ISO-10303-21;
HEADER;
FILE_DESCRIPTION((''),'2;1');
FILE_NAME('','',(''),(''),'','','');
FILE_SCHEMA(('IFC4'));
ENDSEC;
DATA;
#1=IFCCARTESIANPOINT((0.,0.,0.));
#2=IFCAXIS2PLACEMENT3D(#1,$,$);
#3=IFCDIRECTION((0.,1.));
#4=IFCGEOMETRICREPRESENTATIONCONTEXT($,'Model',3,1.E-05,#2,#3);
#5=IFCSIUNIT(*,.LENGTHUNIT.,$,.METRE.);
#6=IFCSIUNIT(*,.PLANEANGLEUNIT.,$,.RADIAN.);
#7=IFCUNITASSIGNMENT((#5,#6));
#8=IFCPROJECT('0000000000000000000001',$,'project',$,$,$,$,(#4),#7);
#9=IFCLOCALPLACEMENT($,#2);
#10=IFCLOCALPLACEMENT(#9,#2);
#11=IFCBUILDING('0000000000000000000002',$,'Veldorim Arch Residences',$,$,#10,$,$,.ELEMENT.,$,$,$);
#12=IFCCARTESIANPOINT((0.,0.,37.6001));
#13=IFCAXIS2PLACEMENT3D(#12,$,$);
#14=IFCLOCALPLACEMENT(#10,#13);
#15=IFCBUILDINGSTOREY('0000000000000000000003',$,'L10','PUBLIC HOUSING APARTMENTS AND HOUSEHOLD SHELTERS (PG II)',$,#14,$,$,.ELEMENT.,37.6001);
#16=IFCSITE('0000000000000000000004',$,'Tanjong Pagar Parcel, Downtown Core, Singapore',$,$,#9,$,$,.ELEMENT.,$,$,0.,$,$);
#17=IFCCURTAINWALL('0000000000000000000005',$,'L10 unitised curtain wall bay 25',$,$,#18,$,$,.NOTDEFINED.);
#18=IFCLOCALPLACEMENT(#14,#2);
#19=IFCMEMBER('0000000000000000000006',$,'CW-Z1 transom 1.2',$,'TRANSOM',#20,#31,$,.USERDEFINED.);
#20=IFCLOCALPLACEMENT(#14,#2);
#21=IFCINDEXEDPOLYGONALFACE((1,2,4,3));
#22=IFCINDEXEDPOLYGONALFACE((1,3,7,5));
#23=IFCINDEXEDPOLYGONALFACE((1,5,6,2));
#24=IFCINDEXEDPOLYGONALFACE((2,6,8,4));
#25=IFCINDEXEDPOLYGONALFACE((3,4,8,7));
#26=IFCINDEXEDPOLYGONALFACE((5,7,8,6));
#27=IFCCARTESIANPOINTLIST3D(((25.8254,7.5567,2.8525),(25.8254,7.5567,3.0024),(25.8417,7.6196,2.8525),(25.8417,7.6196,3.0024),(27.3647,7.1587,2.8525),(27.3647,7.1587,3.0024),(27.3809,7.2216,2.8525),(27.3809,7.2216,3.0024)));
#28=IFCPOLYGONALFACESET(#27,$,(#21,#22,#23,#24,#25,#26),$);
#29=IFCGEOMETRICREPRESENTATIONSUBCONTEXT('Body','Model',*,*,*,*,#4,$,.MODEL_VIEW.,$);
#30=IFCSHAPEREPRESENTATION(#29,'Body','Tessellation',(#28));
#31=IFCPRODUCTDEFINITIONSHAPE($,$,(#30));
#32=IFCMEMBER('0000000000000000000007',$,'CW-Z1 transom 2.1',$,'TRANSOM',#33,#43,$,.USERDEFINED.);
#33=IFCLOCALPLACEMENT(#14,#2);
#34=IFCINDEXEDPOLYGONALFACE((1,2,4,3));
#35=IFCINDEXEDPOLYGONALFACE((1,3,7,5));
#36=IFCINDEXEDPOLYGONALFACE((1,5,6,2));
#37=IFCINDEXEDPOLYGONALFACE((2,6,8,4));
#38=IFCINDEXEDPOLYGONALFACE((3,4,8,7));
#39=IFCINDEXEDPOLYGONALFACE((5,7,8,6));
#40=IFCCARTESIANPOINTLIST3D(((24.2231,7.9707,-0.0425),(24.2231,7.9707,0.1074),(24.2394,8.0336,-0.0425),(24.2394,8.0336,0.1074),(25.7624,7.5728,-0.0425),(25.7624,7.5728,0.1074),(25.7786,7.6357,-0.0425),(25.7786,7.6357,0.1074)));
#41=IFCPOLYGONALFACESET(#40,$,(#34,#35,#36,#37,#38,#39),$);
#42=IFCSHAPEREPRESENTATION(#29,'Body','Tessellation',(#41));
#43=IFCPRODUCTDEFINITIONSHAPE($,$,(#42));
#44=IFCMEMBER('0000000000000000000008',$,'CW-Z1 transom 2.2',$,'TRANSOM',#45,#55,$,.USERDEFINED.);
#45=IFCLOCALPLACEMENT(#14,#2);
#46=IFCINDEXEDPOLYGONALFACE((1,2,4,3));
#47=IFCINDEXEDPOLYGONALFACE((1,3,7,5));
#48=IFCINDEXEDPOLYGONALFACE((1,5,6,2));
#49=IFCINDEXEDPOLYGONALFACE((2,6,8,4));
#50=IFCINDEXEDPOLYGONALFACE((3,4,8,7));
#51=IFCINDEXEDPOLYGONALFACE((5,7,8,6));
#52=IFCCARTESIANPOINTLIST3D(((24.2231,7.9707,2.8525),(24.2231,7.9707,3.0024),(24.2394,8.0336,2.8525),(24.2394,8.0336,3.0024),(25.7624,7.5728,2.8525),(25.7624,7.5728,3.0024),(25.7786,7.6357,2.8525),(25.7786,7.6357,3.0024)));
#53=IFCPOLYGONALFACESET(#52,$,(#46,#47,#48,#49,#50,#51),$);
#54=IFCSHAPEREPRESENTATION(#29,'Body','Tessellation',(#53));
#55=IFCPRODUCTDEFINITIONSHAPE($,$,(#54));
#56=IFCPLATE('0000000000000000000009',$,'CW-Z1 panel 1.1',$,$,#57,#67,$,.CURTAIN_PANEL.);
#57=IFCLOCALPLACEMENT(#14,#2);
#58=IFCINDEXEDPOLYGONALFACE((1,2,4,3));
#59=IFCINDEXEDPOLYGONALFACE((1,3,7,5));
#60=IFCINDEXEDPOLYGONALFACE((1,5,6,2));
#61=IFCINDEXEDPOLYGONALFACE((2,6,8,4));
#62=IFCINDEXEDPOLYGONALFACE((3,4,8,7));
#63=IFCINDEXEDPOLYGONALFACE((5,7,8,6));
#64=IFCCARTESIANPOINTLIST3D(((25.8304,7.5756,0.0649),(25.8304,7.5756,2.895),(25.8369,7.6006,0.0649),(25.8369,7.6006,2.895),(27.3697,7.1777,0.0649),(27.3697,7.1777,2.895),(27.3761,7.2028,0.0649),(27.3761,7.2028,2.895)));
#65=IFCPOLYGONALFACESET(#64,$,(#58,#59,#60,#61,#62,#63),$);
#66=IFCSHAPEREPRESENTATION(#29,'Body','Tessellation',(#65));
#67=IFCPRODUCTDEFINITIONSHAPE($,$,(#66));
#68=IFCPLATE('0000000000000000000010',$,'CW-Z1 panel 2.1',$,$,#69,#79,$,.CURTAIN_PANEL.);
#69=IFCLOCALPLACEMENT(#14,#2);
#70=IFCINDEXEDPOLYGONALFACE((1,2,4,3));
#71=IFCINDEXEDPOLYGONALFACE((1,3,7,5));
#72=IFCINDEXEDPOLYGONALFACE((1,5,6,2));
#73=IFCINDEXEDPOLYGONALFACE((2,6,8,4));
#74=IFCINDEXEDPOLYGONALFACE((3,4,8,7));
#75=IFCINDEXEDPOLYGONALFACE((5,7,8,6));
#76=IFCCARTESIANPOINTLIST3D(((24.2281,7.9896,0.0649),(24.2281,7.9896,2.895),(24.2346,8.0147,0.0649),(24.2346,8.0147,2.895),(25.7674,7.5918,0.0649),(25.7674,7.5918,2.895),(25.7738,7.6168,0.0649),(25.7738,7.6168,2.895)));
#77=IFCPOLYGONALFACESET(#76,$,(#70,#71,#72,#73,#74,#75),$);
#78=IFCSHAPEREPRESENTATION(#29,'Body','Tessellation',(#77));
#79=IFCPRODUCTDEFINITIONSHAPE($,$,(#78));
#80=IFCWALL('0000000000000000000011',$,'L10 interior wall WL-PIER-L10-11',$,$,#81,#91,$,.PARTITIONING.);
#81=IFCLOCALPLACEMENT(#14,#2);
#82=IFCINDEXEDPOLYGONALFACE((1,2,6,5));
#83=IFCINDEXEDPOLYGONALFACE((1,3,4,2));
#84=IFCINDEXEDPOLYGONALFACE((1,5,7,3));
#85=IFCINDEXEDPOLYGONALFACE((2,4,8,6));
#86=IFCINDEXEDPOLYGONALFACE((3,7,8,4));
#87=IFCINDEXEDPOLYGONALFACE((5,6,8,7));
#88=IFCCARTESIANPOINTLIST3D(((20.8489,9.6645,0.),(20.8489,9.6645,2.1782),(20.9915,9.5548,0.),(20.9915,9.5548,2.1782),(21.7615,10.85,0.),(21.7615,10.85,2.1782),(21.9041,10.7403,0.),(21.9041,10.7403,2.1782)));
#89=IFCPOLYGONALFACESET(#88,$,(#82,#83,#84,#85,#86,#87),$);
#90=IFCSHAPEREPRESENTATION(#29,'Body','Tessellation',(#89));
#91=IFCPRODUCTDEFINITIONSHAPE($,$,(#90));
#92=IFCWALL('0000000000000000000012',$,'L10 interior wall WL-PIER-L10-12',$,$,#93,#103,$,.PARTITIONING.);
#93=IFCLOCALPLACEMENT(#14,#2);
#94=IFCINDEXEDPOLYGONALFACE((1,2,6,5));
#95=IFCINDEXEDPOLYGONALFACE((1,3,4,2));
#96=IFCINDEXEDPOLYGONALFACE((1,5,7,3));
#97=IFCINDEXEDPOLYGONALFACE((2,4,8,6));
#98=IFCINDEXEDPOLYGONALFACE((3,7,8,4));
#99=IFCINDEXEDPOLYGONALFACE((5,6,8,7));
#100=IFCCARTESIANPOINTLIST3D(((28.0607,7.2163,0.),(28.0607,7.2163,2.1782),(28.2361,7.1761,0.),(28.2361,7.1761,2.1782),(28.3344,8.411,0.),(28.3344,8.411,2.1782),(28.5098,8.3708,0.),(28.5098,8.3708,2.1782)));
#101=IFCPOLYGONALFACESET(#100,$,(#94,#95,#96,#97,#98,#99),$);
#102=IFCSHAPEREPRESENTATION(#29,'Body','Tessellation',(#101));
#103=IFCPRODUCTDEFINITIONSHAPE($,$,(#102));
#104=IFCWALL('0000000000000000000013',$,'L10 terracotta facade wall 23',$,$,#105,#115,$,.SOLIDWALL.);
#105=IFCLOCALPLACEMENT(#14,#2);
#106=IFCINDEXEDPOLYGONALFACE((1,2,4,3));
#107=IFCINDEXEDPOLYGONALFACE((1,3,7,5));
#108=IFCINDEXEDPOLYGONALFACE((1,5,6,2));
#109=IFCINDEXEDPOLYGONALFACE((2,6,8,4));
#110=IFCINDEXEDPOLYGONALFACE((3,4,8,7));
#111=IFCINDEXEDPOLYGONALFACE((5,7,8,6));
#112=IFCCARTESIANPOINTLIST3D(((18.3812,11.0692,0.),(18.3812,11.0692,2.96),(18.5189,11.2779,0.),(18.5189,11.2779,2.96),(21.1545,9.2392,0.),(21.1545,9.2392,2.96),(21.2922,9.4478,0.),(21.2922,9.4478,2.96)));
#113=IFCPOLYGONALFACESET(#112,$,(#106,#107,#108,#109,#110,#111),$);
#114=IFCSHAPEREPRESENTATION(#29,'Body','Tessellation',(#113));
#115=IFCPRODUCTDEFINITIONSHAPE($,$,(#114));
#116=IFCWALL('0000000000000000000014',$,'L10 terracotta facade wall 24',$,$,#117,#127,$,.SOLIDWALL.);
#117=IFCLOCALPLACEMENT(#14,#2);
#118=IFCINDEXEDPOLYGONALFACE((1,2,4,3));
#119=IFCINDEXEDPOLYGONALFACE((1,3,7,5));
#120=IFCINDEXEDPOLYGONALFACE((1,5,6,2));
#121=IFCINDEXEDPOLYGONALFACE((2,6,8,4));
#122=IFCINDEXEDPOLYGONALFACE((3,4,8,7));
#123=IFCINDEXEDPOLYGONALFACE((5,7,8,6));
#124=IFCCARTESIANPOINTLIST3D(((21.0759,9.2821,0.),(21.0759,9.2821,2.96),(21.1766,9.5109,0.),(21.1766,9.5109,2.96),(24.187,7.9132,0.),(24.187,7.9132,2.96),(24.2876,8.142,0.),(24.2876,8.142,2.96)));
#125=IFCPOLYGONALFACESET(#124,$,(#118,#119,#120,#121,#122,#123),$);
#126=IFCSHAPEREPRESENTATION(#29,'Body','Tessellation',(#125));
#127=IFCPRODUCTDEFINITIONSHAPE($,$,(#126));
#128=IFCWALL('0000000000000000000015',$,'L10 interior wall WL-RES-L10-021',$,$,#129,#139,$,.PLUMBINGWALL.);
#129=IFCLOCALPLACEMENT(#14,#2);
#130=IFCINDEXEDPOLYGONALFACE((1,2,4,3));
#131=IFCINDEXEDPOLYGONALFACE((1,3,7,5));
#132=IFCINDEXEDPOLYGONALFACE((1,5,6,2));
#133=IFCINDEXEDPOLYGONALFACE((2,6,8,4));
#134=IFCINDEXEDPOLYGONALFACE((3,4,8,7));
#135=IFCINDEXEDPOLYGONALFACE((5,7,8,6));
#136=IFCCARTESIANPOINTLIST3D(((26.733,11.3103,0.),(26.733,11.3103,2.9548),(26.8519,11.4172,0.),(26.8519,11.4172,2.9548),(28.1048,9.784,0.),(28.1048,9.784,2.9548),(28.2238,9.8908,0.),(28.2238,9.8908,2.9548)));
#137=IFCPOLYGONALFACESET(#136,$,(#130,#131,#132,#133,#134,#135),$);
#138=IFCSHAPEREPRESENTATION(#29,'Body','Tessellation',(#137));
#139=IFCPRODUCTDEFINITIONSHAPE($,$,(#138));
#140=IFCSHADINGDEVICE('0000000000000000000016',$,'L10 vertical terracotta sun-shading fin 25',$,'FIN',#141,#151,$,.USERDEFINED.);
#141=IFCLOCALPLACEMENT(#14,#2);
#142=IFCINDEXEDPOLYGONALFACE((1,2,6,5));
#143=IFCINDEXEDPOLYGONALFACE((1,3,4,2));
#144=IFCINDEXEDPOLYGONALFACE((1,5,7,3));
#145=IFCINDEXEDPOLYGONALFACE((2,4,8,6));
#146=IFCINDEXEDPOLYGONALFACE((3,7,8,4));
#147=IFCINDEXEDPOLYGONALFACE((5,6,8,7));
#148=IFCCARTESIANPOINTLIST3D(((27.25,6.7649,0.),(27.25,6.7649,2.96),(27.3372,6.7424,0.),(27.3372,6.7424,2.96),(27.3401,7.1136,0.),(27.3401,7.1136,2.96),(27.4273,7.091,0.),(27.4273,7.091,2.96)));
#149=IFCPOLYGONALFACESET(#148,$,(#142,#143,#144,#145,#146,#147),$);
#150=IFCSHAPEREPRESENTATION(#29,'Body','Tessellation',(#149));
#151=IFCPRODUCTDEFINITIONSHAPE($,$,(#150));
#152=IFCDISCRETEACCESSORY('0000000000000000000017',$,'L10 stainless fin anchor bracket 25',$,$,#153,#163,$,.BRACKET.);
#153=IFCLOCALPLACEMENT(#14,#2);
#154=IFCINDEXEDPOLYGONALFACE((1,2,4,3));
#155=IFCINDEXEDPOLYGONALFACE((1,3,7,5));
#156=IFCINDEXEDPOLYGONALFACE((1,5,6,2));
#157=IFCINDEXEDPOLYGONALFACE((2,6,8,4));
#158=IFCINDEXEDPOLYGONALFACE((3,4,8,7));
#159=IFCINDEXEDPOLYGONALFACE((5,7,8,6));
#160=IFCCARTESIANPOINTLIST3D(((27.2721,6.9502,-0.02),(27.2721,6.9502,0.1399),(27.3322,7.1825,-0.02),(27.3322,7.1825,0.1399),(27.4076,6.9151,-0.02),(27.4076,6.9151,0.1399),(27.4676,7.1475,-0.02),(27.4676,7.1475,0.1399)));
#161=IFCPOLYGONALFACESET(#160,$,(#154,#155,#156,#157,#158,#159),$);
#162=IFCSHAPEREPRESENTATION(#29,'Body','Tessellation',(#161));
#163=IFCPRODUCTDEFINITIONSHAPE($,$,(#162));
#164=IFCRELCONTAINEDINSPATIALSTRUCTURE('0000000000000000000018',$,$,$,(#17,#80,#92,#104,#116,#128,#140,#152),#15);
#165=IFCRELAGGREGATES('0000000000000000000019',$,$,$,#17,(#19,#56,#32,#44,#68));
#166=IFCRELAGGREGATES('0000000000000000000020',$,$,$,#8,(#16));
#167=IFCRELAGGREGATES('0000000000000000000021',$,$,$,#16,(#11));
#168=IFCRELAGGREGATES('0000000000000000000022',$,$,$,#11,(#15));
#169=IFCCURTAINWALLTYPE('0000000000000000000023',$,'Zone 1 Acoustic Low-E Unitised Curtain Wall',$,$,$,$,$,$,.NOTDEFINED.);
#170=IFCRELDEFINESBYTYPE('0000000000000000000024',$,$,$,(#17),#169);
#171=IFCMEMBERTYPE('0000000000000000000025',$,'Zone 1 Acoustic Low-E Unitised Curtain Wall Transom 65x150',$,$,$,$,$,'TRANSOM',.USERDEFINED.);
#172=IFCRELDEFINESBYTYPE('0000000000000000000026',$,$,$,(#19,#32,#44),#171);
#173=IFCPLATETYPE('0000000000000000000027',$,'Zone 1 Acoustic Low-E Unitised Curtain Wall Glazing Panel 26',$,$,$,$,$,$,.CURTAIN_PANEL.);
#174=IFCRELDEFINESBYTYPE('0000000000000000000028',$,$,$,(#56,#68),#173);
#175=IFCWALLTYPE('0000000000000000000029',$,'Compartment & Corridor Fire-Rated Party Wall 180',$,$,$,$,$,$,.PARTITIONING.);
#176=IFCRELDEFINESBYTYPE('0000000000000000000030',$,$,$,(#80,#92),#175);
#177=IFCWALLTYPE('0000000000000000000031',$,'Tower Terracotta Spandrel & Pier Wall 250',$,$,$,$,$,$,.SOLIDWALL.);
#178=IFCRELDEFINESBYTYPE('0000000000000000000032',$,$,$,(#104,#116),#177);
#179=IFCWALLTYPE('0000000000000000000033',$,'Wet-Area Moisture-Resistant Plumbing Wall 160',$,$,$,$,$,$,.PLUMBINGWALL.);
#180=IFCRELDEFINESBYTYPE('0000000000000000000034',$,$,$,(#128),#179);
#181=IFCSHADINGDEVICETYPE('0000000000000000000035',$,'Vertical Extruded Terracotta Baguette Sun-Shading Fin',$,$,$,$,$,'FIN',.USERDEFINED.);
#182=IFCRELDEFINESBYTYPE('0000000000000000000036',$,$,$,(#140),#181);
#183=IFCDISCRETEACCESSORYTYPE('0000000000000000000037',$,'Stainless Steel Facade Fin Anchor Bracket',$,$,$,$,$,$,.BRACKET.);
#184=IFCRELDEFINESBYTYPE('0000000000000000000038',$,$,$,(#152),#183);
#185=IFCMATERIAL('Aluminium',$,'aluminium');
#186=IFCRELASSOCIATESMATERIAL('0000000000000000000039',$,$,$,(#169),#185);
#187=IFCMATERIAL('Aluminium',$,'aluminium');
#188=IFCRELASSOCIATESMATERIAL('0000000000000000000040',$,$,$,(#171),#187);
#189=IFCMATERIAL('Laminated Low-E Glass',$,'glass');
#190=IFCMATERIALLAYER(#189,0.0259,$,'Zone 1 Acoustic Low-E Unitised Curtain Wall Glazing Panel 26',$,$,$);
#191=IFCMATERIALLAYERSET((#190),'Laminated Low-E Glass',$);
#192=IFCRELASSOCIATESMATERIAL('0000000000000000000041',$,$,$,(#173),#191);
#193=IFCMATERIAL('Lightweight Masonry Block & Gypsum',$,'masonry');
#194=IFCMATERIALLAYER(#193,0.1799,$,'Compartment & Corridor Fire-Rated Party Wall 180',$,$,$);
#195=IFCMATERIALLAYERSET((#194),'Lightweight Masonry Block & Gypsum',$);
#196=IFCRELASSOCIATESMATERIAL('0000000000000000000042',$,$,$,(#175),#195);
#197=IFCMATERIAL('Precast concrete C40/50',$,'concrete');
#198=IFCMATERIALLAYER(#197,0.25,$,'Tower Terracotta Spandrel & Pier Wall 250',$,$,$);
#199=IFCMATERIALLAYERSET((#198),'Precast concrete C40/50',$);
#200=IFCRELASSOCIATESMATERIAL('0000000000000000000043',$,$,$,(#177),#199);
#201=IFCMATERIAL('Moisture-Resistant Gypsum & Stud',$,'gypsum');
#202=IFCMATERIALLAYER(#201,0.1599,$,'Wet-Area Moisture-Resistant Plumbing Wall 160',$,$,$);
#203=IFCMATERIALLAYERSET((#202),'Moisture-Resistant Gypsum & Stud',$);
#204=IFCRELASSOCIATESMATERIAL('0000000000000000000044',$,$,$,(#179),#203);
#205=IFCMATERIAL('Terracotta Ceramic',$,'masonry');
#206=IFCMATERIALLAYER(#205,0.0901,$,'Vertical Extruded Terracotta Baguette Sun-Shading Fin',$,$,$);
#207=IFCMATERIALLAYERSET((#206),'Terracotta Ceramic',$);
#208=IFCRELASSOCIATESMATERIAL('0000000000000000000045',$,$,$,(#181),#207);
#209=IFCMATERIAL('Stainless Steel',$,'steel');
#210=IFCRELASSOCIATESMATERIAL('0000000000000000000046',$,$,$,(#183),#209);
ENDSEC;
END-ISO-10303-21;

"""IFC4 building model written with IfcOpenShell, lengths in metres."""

from ifc_helpers import new_model, si_unit, direction, frame, frame_2d, origin, origin_2d, place, context, subcontext, project, spatial, rectangle, extrude, material, layer, layer_set, material_profile, profile_set, type_object, element, aggregate, save


model = new_model("IFC4")

# Units and contexts
model_context = context("Model", 3, precision=1e-05, world=origin(), true_north=direction((0.0, 1.0)))
body_context = subcontext(model_context, "Body", "Model", "MODEL_VIEW")
ifc_project = project(units=[si_unit("LENGTHUNIT", "METRE"), si_unit("PLANEANGLEUNIT", "RADIAN")], contexts=[model_context])

# Site, building, storey
site_placement = place(None, origin())
site = spatial("IfcSite", under=ifc_project, at=site_placement, Name="Tanjong Pagar Parcel, Downtown Core, Singapore", CompositionType="ELEMENT", RefElevation=0.0)
building_placement = place(site_placement, origin())
building = spatial("IfcBuilding", under=site, at=building_placement, Name="Veldorim Arch Residences", CompositionType="ELEMENT")
storey_placement = place(building_placement, frame((0.0, 0.0, 37.6001)))
storey = spatial("IfcBuildingStorey", under=building, at=storey_placement, Name="L10", Description="PUBLIC HOUSING APARTMENTS AND HOUSEHOLD SHELTERS (PG II)", CompositionType="ELEMENT", Elevation=37.6001)

# Curtain wall, members, plates
ifc_material_1 = material(Name="Aluminium", Category="aluminium")
curtain_wall_type = type_object("IfcCurtainWallType", Name="Zone 1 Acoustic Low-E Unitised Curtain Wall", PredefinedType="NOTDEFINED", material=ifc_material_1)
curtain_wall_placement = place(storey_placement, origin())
curtain_wall = element("IfcCurtainWall", 1, at=curtain_wall_placement, inside=storey, type_object=curtain_wall_type, Name="L10 unitised curtain wall bay 25", PredefinedType="NOTDEFINED")
ifc_material_2 = material(Name="Aluminium", Category="aluminium")
ifc_material_profile_1 = material_profile(ifc_material_2, rectangle(XDim=0.0649, YDim=0.1499, at=origin_2d()), Name="ALU_TRN_65x150")
ifc_profile_set_1 = profile_set([ifc_material_profile_1], Name="Aluminium")
member_type_1 = type_object("IfcMemberType", Name="Zone 1 Acoustic Low-E Unitised Curtain Wall Transom 65x150", ElementType="TRANSOM", PredefinedType="USERDEFINED", material=ifc_profile_set_1)
member_1_placement = place(storey_placement, frame((27.3728, 7.1902, 2.9275), z_axis=(-0.968169, 0.250296, 0.0), x_axis=(-0.250296, -0.968169, 0.0)))
member_1 = element("IfcMember", 2, at=member_1_placement, type_object=member_type_1, Name="CW-Z1 transom 1.2", ObjectType="TRANSOM", PredefinedType="USERDEFINED", context=body_context, shape_type="SweptSolid", body=[
    extrude(rectangle(XDim=0.0649, YDim=0.1499, at=origin_2d()), origin(), (0.0, 0.0, 1.0), 1.5898),
])
member_2_placement = place(storey_placement, frame((25.7705, 7.6042, 0.0325), z_axis=(-0.968169, 0.250296, 0.0), x_axis=(-0.250296, -0.968169, 0.0)))
member_2 = element("IfcMember", 3, at=member_2_placement, type_object=member_type_1, Name="CW-Z1 transom 2.1", ObjectType="TRANSOM", PredefinedType="USERDEFINED", context=body_context, shape_type="SweptSolid", body=[
    extrude(rectangle(XDim=0.0649, YDim=0.1499, at=origin_2d()), origin(), (0.0, 0.0, 1.0), 1.5898),
])
member_3_placement = place(storey_placement, frame((25.7705, 7.6042, 2.9275), z_axis=(-0.968169, 0.250296, 0.0), x_axis=(-0.250296, -0.968169, 0.0)))
member_3 = element("IfcMember", 4, at=member_3_placement, type_object=member_type_1, Name="CW-Z1 transom 2.2", ObjectType="TRANSOM", PredefinedType="USERDEFINED", context=body_context, shape_type="SweptSolid", body=[
    extrude(rectangle(XDim=0.0649, YDim=0.1499, at=origin_2d()), origin(), (0.0, 0.0, 1.0), 1.5898),
])
ifc_material_3 = material(Name="Laminated Low-E Glass", Category="glass")
ifc_layer_1 = layer(ifc_material_3, 0.0259, Name="Zone 1 Acoustic Low-E Unitised Curtain Wall Glazing Panel 26")
ifc_layer_set_1 = layer_set([ifc_layer_1], Name="Laminated Low-E Glass")
plate_type = type_object("IfcPlateType", Name="Zone 1 Acoustic Low-E Unitised Curtain Wall Glazing Panel 26", PredefinedType="CURTAIN_PANEL", material=ifc_layer_set_1)
plate_1_placement = place(storey_placement, frame((26.6033, 7.3892, 0.0649), z_axis=(0.0, 0.0, 1.0), x_axis=(-0.968179, 0.25026, 0.0)))
plate_1 = element("IfcPlate", 5, at=plate_1_placement, type_object=plate_type, Name="CW-Z1 panel 1.1", PredefinedType="CURTAIN_PANEL", context=body_context, shape_type="SweptSolid", body=[
    extrude(rectangle(XDim=1.5898, YDim=0.0259, at=origin_2d()), origin(), (0.0, 0.0, 1.0), 2.8301),
])
plate_2_placement = place(storey_placement, frame((25.001, 7.8032, 0.0649), z_axis=(0.0, 0.0, 1.0), x_axis=(-0.968179, 0.25026, 0.0)))
plate_2 = element("IfcPlate", 6, at=plate_2_placement, type_object=plate_type, Name="CW-Z1 panel 2.1", PredefinedType="CURTAIN_PANEL", context=body_context, shape_type="SweptSolid", body=[
    extrude(rectangle(XDim=1.5898, YDim=0.0259, at=origin_2d()), origin(), (0.0, 0.0, 1.0), 2.8301),
])
aggregate(curtain_wall, [member_1, plate_1, member_2, member_3, plate_2])

# Walls
ifc_material_4 = material(Name="Lightweight Masonry Block & Gypsum", Category="masonry")
ifc_layer_2 = layer(ifc_material_4, 0.1799, Name="Compartment & Corridor Fire-Rated Party Wall 180")
ifc_layer_set_2 = layer_set([ifc_layer_2], Name="Lightweight Masonry Block & Gypsum")
wall_type_1 = type_object("IfcWallType", Name="Compartment & Corridor Fire-Rated Party Wall 180", PredefinedType="PARTITIONING", material=ifc_layer_set_2)
wall_1_placement = place(storey_placement, frame((21.8328, 10.7952, 0.0), z_axis=(0.0, 0.0, 1.0), x_axis=(-0.609979, -0.792418, 0.0)))
element("IfcWall", 7, at=wall_1_placement, inside=storey, type_object=wall_type_1, Name="L10 interior wall WL-PIER-L10-11", PredefinedType="PARTITIONING", context=body_context, shape_type="SweptSolid", body=[
    extrude(rectangle(XDim=1.4961, YDim=0.1799, at=frame_2d((0.748, 0.0))), origin(), (0.0, 0.0, 1.0), 2.1782),
])
wall_2_placement = place(storey_placement, frame((28.4221, 8.3909, 0.0), z_axis=(0.0, 0.0, 1.0), x_axis=(-0.223317, -0.974746, 0.0)))
element("IfcWall", 8, at=wall_2_placement, inside=storey, type_object=wall_type_1, Name="L10 interior wall WL-PIER-L10-12", PredefinedType="PARTITIONING", context=body_context, shape_type="SweptSolid", body=[
    extrude(rectangle(XDim=1.2256, YDim=0.1799, at=frame_2d((0.6128, 0.0))), origin(), (0.0, 0.0, 1.0), 2.1782),
])
ifc_material_5 = material(Name="Precast concrete C40/50", Category="concrete")
ifc_layer_3 = layer(ifc_material_5, 0.25, Name="Tower Terracotta Spandrel & Pier Wall 250")
ifc_layer_set_3 = layer_set([ifc_layer_3], Name="Precast concrete C40/50")
wall_type_2 = type_object("IfcWallType", Name="Tower Terracotta Spandrel & Pier Wall 250", PredefinedType="SOLIDWALL", material=ifc_layer_set_3)
wall_3_placement = place(storey_placement, frame((21.2234, 9.3435, 0.0), z_axis=(0.0, 0.0, 1.0), x_axis=(-0.834663, 0.55076, 0.0)))
element("IfcWall", 9, at=wall_3_placement, inside=storey, type_object=wall_type_2, Name="L10 terracotta facade wall 23", PredefinedType="SOLIDWALL", context=body_context, shape_type="SweptSolid", body=[
    extrude(rectangle(XDim=3.3228, YDim=0.25, at=frame_2d((1.6614, 0.0))), origin(), (0.0, 0.0, 1.0), 2.96),
])
wall_4_placement = place(storey_placement, frame((24.2373, 8.0276, 0.0), z_axis=(0.0, 0.0, 1.0), x_axis=(-0.915313, 0.402743, 0.0)))
element("IfcWall", 10, at=wall_4_placement, inside=storey, type_object=wall_type_2, Name="L10 terracotta facade wall 24", PredefinedType="SOLIDWALL", context=body_context, shape_type="SweptSolid", body=[
    extrude(rectangle(XDim=3.3989, YDim=0.25, at=frame_2d((1.6995, 0.0))), origin(), (0.0, 0.0, 1.0), 2.96),
])
ifc_material_6 = material(Name="Moisture-Resistant Gypsum & Stud", Category="gypsum")
ifc_layer_4 = layer(ifc_material_6, 0.1599, Name="Wet-Area Moisture-Resistant Plumbing Wall 160")
ifc_layer_set_4 = layer_set([ifc_layer_4], Name="Moisture-Resistant Gypsum & Stud")
wall_type_3 = type_object("IfcWallType", Name="Wet-Area Moisture-Resistant Plumbing Wall 160", PredefinedType="PLUMBINGWALL", material=ifc_layer_set_4)
wall_5_placement = place(storey_placement, frame((28.1643, 9.8374, 0.0), z_axis=(0.0, 0.0, 1.0), x_axis=(-0.668452, 0.743755, 0.0)))
element("IfcWall", 11, at=wall_5_placement, inside=storey, type_object=wall_type_3, Name="L10 interior wall WL-RES-L10-021", PredefinedType="PLUMBINGWALL", context=body_context, shape_type="SweptSolid", body=[
    extrude(rectangle(XDim=2.0522, YDim=0.1599, at=frame_2d((1.0261, 0.0))), origin(), (0.0, 0.0, 1.0), 2.9548),
])

# Shading device
ifc_material_7 = material(Name="Terracotta Ceramic", Category="masonry")
ifc_layer_5 = layer(ifc_material_7, 0.0901, Name="Vertical Extruded Terracotta Baguette Sun-Shading Fin")
ifc_layer_set_5 = layer_set([ifc_layer_5], Name="Terracotta Ceramic")
shading_device_type = type_object("IfcShadingDeviceType", Name="Vertical Extruded Terracotta Baguette Sun-Shading Fin", ElementType="FIN", PredefinedType="USERDEFINED", material=ifc_layer_set_5)
shading_device_placement = place(storey_placement, frame((27.3386, 6.928, 0.0), z_axis=(0.0, 0.0, 1.0), x_axis=(-0.968191, 0.250211, 0.0)))
element("IfcShadingDevice", 12, at=shading_device_placement, inside=storey, type_object=shading_device_type, Name="L10 vertical terracotta sun-shading fin 25", ObjectType="FIN", PredefinedType="USERDEFINED", context=body_context, shape_type="SweptSolid", body=[
    extrude(rectangle(XDim=0.0901, YDim=0.3601, at=origin_2d()), origin(), (0.0, 0.0, 1.0), 2.96),
])

# Discrete accessory
ifc_material_8 = material(Name="Stainless Steel", Category="steel")
discrete_accessory_type = type_object("IfcDiscreteAccessoryType", Name="Stainless Steel Facade Fin Anchor Bracket", PredefinedType="BRACKET", material=ifc_material_8)
discrete_accessory_placement = place(storey_placement, frame((27.3699, 7.0488, -0.02), z_axis=(0.0, 0.0, 1.0), x_axis=(-0.968191, 0.250211, 0.0)))
element("IfcDiscreteAccessory", 13, at=discrete_accessory_placement, inside=storey, type_object=discrete_accessory_type, Name="L10 stainless fin anchor bracket 25", PredefinedType="BRACKET", context=body_context, shape_type="SweptSolid", body=[
    extrude(rectangle(XDim=0.1399, YDim=0.24, at=origin_2d()), origin(), (0.0, 0.0, 1.0), 0.1599),
])

save(model, "model.ifc")
